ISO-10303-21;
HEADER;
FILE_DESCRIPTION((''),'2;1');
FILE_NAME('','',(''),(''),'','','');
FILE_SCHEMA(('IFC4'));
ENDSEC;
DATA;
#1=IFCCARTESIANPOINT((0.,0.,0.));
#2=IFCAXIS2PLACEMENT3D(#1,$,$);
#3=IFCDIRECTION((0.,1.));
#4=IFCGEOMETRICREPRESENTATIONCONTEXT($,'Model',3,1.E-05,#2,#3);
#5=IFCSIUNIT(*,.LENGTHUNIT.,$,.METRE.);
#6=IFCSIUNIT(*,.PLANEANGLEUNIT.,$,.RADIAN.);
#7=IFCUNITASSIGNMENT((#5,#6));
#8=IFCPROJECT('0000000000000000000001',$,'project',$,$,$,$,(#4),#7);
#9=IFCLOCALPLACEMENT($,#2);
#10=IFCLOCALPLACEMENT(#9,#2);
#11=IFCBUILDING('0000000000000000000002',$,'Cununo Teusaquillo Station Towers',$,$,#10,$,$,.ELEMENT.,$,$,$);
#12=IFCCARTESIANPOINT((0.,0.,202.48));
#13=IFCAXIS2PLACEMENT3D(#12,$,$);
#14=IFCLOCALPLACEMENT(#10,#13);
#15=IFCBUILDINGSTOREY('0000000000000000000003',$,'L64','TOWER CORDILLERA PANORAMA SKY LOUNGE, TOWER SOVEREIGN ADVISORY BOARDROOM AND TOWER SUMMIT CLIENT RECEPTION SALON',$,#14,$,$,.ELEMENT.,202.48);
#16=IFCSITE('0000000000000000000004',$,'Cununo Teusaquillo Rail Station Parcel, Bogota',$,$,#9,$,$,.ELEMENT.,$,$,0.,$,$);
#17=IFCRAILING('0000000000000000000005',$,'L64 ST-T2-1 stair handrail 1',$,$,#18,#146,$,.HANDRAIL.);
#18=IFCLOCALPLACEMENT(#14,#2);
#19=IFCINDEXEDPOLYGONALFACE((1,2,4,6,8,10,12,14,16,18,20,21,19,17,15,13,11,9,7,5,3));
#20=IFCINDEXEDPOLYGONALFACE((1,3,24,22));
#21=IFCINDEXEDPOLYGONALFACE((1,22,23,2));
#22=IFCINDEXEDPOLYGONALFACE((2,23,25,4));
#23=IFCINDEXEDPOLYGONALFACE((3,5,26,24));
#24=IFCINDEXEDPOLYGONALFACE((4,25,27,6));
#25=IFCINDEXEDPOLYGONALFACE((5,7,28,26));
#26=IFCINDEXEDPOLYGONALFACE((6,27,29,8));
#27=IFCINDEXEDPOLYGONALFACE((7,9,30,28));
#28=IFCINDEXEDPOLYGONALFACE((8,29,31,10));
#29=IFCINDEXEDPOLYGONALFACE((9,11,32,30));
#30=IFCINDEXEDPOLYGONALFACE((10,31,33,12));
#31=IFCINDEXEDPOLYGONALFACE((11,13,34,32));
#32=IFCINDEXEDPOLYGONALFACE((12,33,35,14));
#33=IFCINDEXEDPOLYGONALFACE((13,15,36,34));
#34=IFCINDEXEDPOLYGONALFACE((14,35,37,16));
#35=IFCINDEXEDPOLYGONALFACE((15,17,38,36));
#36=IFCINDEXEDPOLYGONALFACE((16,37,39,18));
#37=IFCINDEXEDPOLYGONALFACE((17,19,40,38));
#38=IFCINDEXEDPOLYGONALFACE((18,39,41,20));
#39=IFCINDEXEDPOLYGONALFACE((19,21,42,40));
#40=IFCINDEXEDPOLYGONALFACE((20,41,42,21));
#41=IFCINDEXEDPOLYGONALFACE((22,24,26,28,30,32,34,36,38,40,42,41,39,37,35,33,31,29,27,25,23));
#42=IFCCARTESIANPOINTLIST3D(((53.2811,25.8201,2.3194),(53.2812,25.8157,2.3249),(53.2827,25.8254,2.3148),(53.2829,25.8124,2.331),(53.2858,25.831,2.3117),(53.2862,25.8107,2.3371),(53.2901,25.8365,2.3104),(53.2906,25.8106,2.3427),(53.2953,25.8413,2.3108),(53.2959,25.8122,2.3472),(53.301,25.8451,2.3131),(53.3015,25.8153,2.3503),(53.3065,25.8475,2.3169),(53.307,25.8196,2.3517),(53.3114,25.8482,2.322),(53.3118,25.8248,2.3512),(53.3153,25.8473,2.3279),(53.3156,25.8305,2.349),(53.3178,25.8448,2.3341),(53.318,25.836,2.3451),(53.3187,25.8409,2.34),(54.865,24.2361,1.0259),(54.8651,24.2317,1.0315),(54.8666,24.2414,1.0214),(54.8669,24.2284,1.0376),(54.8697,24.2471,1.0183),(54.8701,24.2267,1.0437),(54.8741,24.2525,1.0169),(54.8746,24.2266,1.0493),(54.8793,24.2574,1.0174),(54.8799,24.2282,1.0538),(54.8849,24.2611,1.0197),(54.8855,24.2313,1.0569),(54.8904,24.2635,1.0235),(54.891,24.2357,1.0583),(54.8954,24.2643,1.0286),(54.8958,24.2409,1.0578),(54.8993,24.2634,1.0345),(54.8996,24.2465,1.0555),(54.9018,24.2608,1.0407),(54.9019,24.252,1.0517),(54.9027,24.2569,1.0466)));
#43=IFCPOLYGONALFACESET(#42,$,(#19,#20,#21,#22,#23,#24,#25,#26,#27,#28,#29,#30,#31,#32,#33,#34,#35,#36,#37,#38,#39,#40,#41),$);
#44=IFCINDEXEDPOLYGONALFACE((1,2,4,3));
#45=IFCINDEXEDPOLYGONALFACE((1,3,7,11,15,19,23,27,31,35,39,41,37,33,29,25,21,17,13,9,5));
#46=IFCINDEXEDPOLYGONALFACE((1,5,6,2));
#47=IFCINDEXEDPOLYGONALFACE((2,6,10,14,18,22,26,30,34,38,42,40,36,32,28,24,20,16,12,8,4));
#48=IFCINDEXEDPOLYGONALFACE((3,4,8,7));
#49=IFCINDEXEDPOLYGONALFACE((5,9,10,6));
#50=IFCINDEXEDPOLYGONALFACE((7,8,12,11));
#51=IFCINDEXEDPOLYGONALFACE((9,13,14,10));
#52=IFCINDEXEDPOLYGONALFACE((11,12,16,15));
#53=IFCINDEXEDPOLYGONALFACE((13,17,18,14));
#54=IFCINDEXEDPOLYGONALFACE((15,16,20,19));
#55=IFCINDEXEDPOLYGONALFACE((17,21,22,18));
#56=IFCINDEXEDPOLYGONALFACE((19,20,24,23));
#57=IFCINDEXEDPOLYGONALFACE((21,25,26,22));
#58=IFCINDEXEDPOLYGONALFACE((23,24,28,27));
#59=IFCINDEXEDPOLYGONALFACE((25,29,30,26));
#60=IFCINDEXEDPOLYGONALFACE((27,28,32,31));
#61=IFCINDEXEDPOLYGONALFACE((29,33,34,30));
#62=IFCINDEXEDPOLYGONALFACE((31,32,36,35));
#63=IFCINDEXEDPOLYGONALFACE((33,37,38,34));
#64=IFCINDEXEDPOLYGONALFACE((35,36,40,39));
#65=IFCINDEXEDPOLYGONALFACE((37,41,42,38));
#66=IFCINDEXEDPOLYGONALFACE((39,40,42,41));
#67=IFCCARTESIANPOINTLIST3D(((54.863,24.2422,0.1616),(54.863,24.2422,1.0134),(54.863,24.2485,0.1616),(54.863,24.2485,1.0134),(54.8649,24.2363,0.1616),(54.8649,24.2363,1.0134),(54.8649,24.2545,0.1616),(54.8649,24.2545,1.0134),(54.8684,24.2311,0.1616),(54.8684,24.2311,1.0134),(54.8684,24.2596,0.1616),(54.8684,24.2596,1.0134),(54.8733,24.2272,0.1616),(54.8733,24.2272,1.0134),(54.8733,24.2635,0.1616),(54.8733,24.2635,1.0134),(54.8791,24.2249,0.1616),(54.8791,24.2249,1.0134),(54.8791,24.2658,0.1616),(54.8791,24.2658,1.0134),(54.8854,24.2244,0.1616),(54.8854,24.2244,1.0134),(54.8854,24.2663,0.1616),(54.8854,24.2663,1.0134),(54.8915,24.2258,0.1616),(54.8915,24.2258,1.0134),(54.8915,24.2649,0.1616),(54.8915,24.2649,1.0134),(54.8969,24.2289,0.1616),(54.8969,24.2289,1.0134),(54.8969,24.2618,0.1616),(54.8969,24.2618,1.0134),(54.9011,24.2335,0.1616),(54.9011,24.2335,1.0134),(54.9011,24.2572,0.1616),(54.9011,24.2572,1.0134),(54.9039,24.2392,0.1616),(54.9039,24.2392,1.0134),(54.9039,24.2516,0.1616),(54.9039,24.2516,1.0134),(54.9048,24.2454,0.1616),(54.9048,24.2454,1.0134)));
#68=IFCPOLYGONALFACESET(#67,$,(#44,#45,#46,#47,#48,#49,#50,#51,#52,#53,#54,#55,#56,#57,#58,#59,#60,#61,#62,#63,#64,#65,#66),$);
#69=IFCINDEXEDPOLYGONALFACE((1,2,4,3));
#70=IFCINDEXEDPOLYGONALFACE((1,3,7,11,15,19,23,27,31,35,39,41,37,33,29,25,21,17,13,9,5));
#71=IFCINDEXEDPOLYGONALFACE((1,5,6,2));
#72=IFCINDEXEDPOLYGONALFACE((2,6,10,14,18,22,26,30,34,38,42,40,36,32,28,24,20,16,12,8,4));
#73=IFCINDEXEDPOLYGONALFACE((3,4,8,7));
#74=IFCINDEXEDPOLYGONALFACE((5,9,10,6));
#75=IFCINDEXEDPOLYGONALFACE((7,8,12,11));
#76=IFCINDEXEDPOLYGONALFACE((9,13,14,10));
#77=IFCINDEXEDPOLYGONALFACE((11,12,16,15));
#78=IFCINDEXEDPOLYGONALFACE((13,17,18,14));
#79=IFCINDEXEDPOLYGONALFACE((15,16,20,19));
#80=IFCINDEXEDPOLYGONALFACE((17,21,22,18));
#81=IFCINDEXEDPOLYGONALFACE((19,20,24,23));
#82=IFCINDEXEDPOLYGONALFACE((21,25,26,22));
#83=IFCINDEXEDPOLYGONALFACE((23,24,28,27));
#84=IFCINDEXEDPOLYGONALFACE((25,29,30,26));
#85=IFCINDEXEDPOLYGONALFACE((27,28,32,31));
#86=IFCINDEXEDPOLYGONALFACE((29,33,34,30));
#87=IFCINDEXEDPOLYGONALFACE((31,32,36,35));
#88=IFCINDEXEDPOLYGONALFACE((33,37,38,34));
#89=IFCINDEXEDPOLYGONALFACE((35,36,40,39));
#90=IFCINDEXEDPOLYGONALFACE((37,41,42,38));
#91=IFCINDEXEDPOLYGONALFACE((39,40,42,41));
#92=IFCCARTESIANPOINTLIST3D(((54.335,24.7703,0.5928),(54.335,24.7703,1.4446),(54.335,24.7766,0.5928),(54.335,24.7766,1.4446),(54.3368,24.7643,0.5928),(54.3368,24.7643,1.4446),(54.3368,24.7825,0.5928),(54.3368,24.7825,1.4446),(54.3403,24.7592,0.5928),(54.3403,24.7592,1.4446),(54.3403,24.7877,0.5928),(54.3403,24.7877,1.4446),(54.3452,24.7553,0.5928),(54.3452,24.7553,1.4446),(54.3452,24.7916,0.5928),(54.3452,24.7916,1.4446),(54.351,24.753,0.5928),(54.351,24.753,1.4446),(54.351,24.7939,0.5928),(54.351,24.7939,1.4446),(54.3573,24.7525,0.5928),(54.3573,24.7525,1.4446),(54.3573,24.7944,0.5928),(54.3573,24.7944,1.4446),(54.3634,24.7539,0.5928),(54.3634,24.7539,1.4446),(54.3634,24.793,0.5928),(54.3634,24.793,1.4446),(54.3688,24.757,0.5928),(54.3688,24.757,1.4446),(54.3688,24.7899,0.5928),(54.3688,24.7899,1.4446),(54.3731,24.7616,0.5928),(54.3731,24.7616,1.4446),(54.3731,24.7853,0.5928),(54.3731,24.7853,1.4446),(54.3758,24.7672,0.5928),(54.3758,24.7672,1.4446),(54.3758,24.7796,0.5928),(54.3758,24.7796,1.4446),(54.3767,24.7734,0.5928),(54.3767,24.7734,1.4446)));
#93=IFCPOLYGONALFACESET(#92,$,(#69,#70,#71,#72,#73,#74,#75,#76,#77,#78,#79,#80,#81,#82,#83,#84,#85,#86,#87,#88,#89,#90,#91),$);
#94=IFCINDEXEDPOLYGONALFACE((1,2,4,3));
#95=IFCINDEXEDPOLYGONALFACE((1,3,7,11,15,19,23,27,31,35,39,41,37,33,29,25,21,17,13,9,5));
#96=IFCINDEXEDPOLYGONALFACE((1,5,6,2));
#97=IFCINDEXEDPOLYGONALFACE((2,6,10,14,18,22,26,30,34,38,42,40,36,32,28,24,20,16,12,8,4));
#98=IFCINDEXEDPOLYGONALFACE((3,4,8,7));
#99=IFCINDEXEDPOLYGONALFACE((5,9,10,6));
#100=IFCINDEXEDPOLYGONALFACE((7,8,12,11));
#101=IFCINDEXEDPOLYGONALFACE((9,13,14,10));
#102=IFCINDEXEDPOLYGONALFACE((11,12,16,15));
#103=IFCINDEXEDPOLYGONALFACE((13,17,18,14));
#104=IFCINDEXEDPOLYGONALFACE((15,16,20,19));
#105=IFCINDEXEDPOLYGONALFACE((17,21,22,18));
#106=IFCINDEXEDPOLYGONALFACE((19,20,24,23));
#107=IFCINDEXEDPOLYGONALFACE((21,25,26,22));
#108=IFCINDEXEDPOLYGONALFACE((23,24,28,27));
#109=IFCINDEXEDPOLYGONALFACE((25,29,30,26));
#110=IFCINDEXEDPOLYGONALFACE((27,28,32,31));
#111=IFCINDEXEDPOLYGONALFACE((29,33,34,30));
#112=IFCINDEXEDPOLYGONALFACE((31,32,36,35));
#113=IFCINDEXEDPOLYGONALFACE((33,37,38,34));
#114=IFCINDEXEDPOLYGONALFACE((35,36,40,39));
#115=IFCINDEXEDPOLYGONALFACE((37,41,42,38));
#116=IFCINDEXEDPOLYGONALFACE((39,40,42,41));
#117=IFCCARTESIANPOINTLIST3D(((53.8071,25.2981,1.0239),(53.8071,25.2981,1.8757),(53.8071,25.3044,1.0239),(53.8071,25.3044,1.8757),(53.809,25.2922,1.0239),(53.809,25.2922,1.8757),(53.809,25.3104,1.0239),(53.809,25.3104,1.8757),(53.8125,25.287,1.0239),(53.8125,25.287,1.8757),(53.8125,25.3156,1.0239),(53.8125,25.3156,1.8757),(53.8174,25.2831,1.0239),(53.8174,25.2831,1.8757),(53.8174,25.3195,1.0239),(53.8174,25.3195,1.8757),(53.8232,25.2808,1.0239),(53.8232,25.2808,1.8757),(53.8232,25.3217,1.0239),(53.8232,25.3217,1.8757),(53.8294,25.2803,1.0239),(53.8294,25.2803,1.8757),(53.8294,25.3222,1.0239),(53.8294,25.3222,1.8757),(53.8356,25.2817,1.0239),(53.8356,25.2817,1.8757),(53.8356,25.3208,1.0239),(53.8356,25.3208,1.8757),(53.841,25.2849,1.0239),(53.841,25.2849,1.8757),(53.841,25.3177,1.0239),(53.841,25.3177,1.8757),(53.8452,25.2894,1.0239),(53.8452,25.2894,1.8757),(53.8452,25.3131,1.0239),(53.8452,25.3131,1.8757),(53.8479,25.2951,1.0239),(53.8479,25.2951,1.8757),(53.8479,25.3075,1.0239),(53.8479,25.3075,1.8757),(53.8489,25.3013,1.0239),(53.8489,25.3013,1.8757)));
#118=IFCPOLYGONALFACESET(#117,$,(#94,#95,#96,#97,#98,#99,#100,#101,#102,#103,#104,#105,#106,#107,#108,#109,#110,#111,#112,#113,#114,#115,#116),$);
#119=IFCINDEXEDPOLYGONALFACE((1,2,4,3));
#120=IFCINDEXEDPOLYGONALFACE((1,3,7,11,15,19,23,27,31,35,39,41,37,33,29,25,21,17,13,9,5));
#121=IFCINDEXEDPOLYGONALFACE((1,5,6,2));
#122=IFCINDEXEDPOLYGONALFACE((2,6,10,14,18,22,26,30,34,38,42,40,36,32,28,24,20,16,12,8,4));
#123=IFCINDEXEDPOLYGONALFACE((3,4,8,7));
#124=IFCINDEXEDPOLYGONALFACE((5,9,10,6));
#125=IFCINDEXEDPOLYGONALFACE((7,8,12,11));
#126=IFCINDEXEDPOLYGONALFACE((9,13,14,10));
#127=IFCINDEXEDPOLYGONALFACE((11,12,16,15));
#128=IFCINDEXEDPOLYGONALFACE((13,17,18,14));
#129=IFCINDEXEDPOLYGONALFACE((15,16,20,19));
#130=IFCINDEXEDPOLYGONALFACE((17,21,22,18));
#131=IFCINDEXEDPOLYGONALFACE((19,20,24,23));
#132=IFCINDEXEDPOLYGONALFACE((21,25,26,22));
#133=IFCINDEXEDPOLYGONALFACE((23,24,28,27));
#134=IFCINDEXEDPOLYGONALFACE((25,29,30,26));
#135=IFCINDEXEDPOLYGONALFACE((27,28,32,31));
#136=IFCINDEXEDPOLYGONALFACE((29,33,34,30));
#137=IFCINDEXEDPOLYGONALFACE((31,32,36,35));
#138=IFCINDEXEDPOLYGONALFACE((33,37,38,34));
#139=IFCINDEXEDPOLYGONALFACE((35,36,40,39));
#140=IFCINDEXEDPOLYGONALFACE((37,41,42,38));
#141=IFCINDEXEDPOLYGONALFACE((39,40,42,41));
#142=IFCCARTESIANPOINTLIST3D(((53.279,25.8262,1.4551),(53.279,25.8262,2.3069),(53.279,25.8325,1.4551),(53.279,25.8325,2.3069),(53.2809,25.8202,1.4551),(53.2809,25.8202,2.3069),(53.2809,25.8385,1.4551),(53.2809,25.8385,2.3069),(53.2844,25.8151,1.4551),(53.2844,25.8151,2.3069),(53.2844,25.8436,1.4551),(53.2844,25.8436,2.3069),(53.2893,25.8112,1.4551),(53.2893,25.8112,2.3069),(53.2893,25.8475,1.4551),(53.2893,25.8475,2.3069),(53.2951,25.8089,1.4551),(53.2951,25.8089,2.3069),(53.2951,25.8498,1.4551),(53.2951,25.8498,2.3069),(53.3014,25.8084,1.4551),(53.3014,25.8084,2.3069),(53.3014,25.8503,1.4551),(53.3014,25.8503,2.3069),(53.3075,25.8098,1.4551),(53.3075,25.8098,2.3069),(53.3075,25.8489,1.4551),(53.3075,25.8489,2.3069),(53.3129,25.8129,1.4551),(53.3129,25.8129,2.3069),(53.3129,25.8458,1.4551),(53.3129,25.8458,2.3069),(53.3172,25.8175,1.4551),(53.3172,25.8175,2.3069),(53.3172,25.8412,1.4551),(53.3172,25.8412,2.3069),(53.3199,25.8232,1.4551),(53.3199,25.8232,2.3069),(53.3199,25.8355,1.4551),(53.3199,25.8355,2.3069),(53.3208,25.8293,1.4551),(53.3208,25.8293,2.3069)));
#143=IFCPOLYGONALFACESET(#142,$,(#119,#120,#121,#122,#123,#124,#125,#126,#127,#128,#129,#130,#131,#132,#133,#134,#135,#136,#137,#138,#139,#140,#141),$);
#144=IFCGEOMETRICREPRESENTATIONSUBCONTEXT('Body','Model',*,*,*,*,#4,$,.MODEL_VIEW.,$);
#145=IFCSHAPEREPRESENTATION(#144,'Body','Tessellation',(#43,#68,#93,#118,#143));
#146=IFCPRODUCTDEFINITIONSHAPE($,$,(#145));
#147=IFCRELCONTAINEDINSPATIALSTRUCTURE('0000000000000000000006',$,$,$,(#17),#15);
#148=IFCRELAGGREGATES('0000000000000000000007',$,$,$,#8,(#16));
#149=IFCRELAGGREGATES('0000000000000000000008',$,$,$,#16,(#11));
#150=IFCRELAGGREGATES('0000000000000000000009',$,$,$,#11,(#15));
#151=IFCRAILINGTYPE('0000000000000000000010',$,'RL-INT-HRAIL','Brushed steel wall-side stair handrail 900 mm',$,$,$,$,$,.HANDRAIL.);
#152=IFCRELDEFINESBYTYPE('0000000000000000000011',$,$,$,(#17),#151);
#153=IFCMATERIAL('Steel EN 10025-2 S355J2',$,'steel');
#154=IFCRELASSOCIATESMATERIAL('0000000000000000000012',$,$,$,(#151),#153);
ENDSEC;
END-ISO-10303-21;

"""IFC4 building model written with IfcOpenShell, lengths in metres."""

from ifc_helpers import new_model, si_unit, direction, frame, origin, origin_2d, place, context, subcontext, project, spatial, circle, extrude, material, type_object, element, save


model = new_model("IFC4")

# Units and contexts
model_context = context("Model", 3, precision=1e-05, world=origin(), true_north=direction((0.0, 1.0)))
body_context = subcontext(model_context, "Body", "Model", "MODEL_VIEW")
ifc_project = project(units=[si_unit("LENGTHUNIT", "METRE"), si_unit("PLANEANGLEUNIT", "RADIAN")], contexts=[model_context])

# Site, building, storey
site_placement = place(None, origin())
site = spatial("IfcSite", under=ifc_project, at=site_placement, Name="Cununo Teusaquillo Rail Station Parcel, Bogota", CompositionType="ELEMENT", RefElevation=0.0)
building_placement = place(site_placement, origin())
building = spatial("IfcBuilding", under=site, at=building_placement, Name="Cununo Teusaquillo Station Towers", CompositionType="ELEMENT")
storey_placement = place(building_placement, frame((0.0, 0.0, 202.48)))
storey = spatial("IfcBuildingStorey", under=building, at=storey_placement, Name="L64", Description="TOWER CORDILLERA PANORAMA SKY LOUNGE, TOWER SOVEREIGN ADVISORY BOARDROOM AND TOWER SUMMIT CLIENT RECEPTION SALON", CompositionType="ELEMENT", Elevation=202.48)

# Railing
ifc_material_1 = material(Name="Steel EN 10025-2 S355J2", Category="steel")
railing_type_1 = type_object("IfcRailingType", Name="RL-INT-HRAIL", Description="Brushed steel wall-side stair handrail 900 mm", PredefinedType="HANDRAIL", material=ifc_material_1)
railing_1_placement = place(storey_placement, frame((54.8838, 24.2454, 0.1616)))
element("IfcRailing", 1, at=railing_1_placement, inside=storey, type_object=railing_type_1, Name="L64 ST-T2-1 stair handrail 1", PredefinedType="HANDRAIL", context=body_context, shape_type="SweptSolid", body=[
    extrude(circle(Radius=0.0239, at=origin_2d()), frame((0.0, 0.0, 0.876), z_axis=(-0.612356, 0.612356, 0.50004), x_axis=(-0.707107, -0.707107, 0.0)), (0.0, 0.0, 1.0), 2.5867),
    extrude(circle(Radius=0.021, at=origin_2d()), origin(), (0.0, 0.0, 1.0), 0.8518),
    extrude(circle(Radius=0.021, at=origin_2d()), frame((-0.5281, 0.5281, 0.4312)), (0.0, 0.0, 1.0), 0.8518),
    extrude(circle(Radius=0.021, at=origin_2d()), frame((-1.0559, 1.0559, 0.8623)), (0.0, 0.0, 1.0), 0.8518),
    extrude(circle(Radius=0.021, at=origin_2d()), frame((-1.584, 1.584, 1.2935)), (0.0, 0.0, 1.0), 0.8518),
])

save(model, "model.ifc")
